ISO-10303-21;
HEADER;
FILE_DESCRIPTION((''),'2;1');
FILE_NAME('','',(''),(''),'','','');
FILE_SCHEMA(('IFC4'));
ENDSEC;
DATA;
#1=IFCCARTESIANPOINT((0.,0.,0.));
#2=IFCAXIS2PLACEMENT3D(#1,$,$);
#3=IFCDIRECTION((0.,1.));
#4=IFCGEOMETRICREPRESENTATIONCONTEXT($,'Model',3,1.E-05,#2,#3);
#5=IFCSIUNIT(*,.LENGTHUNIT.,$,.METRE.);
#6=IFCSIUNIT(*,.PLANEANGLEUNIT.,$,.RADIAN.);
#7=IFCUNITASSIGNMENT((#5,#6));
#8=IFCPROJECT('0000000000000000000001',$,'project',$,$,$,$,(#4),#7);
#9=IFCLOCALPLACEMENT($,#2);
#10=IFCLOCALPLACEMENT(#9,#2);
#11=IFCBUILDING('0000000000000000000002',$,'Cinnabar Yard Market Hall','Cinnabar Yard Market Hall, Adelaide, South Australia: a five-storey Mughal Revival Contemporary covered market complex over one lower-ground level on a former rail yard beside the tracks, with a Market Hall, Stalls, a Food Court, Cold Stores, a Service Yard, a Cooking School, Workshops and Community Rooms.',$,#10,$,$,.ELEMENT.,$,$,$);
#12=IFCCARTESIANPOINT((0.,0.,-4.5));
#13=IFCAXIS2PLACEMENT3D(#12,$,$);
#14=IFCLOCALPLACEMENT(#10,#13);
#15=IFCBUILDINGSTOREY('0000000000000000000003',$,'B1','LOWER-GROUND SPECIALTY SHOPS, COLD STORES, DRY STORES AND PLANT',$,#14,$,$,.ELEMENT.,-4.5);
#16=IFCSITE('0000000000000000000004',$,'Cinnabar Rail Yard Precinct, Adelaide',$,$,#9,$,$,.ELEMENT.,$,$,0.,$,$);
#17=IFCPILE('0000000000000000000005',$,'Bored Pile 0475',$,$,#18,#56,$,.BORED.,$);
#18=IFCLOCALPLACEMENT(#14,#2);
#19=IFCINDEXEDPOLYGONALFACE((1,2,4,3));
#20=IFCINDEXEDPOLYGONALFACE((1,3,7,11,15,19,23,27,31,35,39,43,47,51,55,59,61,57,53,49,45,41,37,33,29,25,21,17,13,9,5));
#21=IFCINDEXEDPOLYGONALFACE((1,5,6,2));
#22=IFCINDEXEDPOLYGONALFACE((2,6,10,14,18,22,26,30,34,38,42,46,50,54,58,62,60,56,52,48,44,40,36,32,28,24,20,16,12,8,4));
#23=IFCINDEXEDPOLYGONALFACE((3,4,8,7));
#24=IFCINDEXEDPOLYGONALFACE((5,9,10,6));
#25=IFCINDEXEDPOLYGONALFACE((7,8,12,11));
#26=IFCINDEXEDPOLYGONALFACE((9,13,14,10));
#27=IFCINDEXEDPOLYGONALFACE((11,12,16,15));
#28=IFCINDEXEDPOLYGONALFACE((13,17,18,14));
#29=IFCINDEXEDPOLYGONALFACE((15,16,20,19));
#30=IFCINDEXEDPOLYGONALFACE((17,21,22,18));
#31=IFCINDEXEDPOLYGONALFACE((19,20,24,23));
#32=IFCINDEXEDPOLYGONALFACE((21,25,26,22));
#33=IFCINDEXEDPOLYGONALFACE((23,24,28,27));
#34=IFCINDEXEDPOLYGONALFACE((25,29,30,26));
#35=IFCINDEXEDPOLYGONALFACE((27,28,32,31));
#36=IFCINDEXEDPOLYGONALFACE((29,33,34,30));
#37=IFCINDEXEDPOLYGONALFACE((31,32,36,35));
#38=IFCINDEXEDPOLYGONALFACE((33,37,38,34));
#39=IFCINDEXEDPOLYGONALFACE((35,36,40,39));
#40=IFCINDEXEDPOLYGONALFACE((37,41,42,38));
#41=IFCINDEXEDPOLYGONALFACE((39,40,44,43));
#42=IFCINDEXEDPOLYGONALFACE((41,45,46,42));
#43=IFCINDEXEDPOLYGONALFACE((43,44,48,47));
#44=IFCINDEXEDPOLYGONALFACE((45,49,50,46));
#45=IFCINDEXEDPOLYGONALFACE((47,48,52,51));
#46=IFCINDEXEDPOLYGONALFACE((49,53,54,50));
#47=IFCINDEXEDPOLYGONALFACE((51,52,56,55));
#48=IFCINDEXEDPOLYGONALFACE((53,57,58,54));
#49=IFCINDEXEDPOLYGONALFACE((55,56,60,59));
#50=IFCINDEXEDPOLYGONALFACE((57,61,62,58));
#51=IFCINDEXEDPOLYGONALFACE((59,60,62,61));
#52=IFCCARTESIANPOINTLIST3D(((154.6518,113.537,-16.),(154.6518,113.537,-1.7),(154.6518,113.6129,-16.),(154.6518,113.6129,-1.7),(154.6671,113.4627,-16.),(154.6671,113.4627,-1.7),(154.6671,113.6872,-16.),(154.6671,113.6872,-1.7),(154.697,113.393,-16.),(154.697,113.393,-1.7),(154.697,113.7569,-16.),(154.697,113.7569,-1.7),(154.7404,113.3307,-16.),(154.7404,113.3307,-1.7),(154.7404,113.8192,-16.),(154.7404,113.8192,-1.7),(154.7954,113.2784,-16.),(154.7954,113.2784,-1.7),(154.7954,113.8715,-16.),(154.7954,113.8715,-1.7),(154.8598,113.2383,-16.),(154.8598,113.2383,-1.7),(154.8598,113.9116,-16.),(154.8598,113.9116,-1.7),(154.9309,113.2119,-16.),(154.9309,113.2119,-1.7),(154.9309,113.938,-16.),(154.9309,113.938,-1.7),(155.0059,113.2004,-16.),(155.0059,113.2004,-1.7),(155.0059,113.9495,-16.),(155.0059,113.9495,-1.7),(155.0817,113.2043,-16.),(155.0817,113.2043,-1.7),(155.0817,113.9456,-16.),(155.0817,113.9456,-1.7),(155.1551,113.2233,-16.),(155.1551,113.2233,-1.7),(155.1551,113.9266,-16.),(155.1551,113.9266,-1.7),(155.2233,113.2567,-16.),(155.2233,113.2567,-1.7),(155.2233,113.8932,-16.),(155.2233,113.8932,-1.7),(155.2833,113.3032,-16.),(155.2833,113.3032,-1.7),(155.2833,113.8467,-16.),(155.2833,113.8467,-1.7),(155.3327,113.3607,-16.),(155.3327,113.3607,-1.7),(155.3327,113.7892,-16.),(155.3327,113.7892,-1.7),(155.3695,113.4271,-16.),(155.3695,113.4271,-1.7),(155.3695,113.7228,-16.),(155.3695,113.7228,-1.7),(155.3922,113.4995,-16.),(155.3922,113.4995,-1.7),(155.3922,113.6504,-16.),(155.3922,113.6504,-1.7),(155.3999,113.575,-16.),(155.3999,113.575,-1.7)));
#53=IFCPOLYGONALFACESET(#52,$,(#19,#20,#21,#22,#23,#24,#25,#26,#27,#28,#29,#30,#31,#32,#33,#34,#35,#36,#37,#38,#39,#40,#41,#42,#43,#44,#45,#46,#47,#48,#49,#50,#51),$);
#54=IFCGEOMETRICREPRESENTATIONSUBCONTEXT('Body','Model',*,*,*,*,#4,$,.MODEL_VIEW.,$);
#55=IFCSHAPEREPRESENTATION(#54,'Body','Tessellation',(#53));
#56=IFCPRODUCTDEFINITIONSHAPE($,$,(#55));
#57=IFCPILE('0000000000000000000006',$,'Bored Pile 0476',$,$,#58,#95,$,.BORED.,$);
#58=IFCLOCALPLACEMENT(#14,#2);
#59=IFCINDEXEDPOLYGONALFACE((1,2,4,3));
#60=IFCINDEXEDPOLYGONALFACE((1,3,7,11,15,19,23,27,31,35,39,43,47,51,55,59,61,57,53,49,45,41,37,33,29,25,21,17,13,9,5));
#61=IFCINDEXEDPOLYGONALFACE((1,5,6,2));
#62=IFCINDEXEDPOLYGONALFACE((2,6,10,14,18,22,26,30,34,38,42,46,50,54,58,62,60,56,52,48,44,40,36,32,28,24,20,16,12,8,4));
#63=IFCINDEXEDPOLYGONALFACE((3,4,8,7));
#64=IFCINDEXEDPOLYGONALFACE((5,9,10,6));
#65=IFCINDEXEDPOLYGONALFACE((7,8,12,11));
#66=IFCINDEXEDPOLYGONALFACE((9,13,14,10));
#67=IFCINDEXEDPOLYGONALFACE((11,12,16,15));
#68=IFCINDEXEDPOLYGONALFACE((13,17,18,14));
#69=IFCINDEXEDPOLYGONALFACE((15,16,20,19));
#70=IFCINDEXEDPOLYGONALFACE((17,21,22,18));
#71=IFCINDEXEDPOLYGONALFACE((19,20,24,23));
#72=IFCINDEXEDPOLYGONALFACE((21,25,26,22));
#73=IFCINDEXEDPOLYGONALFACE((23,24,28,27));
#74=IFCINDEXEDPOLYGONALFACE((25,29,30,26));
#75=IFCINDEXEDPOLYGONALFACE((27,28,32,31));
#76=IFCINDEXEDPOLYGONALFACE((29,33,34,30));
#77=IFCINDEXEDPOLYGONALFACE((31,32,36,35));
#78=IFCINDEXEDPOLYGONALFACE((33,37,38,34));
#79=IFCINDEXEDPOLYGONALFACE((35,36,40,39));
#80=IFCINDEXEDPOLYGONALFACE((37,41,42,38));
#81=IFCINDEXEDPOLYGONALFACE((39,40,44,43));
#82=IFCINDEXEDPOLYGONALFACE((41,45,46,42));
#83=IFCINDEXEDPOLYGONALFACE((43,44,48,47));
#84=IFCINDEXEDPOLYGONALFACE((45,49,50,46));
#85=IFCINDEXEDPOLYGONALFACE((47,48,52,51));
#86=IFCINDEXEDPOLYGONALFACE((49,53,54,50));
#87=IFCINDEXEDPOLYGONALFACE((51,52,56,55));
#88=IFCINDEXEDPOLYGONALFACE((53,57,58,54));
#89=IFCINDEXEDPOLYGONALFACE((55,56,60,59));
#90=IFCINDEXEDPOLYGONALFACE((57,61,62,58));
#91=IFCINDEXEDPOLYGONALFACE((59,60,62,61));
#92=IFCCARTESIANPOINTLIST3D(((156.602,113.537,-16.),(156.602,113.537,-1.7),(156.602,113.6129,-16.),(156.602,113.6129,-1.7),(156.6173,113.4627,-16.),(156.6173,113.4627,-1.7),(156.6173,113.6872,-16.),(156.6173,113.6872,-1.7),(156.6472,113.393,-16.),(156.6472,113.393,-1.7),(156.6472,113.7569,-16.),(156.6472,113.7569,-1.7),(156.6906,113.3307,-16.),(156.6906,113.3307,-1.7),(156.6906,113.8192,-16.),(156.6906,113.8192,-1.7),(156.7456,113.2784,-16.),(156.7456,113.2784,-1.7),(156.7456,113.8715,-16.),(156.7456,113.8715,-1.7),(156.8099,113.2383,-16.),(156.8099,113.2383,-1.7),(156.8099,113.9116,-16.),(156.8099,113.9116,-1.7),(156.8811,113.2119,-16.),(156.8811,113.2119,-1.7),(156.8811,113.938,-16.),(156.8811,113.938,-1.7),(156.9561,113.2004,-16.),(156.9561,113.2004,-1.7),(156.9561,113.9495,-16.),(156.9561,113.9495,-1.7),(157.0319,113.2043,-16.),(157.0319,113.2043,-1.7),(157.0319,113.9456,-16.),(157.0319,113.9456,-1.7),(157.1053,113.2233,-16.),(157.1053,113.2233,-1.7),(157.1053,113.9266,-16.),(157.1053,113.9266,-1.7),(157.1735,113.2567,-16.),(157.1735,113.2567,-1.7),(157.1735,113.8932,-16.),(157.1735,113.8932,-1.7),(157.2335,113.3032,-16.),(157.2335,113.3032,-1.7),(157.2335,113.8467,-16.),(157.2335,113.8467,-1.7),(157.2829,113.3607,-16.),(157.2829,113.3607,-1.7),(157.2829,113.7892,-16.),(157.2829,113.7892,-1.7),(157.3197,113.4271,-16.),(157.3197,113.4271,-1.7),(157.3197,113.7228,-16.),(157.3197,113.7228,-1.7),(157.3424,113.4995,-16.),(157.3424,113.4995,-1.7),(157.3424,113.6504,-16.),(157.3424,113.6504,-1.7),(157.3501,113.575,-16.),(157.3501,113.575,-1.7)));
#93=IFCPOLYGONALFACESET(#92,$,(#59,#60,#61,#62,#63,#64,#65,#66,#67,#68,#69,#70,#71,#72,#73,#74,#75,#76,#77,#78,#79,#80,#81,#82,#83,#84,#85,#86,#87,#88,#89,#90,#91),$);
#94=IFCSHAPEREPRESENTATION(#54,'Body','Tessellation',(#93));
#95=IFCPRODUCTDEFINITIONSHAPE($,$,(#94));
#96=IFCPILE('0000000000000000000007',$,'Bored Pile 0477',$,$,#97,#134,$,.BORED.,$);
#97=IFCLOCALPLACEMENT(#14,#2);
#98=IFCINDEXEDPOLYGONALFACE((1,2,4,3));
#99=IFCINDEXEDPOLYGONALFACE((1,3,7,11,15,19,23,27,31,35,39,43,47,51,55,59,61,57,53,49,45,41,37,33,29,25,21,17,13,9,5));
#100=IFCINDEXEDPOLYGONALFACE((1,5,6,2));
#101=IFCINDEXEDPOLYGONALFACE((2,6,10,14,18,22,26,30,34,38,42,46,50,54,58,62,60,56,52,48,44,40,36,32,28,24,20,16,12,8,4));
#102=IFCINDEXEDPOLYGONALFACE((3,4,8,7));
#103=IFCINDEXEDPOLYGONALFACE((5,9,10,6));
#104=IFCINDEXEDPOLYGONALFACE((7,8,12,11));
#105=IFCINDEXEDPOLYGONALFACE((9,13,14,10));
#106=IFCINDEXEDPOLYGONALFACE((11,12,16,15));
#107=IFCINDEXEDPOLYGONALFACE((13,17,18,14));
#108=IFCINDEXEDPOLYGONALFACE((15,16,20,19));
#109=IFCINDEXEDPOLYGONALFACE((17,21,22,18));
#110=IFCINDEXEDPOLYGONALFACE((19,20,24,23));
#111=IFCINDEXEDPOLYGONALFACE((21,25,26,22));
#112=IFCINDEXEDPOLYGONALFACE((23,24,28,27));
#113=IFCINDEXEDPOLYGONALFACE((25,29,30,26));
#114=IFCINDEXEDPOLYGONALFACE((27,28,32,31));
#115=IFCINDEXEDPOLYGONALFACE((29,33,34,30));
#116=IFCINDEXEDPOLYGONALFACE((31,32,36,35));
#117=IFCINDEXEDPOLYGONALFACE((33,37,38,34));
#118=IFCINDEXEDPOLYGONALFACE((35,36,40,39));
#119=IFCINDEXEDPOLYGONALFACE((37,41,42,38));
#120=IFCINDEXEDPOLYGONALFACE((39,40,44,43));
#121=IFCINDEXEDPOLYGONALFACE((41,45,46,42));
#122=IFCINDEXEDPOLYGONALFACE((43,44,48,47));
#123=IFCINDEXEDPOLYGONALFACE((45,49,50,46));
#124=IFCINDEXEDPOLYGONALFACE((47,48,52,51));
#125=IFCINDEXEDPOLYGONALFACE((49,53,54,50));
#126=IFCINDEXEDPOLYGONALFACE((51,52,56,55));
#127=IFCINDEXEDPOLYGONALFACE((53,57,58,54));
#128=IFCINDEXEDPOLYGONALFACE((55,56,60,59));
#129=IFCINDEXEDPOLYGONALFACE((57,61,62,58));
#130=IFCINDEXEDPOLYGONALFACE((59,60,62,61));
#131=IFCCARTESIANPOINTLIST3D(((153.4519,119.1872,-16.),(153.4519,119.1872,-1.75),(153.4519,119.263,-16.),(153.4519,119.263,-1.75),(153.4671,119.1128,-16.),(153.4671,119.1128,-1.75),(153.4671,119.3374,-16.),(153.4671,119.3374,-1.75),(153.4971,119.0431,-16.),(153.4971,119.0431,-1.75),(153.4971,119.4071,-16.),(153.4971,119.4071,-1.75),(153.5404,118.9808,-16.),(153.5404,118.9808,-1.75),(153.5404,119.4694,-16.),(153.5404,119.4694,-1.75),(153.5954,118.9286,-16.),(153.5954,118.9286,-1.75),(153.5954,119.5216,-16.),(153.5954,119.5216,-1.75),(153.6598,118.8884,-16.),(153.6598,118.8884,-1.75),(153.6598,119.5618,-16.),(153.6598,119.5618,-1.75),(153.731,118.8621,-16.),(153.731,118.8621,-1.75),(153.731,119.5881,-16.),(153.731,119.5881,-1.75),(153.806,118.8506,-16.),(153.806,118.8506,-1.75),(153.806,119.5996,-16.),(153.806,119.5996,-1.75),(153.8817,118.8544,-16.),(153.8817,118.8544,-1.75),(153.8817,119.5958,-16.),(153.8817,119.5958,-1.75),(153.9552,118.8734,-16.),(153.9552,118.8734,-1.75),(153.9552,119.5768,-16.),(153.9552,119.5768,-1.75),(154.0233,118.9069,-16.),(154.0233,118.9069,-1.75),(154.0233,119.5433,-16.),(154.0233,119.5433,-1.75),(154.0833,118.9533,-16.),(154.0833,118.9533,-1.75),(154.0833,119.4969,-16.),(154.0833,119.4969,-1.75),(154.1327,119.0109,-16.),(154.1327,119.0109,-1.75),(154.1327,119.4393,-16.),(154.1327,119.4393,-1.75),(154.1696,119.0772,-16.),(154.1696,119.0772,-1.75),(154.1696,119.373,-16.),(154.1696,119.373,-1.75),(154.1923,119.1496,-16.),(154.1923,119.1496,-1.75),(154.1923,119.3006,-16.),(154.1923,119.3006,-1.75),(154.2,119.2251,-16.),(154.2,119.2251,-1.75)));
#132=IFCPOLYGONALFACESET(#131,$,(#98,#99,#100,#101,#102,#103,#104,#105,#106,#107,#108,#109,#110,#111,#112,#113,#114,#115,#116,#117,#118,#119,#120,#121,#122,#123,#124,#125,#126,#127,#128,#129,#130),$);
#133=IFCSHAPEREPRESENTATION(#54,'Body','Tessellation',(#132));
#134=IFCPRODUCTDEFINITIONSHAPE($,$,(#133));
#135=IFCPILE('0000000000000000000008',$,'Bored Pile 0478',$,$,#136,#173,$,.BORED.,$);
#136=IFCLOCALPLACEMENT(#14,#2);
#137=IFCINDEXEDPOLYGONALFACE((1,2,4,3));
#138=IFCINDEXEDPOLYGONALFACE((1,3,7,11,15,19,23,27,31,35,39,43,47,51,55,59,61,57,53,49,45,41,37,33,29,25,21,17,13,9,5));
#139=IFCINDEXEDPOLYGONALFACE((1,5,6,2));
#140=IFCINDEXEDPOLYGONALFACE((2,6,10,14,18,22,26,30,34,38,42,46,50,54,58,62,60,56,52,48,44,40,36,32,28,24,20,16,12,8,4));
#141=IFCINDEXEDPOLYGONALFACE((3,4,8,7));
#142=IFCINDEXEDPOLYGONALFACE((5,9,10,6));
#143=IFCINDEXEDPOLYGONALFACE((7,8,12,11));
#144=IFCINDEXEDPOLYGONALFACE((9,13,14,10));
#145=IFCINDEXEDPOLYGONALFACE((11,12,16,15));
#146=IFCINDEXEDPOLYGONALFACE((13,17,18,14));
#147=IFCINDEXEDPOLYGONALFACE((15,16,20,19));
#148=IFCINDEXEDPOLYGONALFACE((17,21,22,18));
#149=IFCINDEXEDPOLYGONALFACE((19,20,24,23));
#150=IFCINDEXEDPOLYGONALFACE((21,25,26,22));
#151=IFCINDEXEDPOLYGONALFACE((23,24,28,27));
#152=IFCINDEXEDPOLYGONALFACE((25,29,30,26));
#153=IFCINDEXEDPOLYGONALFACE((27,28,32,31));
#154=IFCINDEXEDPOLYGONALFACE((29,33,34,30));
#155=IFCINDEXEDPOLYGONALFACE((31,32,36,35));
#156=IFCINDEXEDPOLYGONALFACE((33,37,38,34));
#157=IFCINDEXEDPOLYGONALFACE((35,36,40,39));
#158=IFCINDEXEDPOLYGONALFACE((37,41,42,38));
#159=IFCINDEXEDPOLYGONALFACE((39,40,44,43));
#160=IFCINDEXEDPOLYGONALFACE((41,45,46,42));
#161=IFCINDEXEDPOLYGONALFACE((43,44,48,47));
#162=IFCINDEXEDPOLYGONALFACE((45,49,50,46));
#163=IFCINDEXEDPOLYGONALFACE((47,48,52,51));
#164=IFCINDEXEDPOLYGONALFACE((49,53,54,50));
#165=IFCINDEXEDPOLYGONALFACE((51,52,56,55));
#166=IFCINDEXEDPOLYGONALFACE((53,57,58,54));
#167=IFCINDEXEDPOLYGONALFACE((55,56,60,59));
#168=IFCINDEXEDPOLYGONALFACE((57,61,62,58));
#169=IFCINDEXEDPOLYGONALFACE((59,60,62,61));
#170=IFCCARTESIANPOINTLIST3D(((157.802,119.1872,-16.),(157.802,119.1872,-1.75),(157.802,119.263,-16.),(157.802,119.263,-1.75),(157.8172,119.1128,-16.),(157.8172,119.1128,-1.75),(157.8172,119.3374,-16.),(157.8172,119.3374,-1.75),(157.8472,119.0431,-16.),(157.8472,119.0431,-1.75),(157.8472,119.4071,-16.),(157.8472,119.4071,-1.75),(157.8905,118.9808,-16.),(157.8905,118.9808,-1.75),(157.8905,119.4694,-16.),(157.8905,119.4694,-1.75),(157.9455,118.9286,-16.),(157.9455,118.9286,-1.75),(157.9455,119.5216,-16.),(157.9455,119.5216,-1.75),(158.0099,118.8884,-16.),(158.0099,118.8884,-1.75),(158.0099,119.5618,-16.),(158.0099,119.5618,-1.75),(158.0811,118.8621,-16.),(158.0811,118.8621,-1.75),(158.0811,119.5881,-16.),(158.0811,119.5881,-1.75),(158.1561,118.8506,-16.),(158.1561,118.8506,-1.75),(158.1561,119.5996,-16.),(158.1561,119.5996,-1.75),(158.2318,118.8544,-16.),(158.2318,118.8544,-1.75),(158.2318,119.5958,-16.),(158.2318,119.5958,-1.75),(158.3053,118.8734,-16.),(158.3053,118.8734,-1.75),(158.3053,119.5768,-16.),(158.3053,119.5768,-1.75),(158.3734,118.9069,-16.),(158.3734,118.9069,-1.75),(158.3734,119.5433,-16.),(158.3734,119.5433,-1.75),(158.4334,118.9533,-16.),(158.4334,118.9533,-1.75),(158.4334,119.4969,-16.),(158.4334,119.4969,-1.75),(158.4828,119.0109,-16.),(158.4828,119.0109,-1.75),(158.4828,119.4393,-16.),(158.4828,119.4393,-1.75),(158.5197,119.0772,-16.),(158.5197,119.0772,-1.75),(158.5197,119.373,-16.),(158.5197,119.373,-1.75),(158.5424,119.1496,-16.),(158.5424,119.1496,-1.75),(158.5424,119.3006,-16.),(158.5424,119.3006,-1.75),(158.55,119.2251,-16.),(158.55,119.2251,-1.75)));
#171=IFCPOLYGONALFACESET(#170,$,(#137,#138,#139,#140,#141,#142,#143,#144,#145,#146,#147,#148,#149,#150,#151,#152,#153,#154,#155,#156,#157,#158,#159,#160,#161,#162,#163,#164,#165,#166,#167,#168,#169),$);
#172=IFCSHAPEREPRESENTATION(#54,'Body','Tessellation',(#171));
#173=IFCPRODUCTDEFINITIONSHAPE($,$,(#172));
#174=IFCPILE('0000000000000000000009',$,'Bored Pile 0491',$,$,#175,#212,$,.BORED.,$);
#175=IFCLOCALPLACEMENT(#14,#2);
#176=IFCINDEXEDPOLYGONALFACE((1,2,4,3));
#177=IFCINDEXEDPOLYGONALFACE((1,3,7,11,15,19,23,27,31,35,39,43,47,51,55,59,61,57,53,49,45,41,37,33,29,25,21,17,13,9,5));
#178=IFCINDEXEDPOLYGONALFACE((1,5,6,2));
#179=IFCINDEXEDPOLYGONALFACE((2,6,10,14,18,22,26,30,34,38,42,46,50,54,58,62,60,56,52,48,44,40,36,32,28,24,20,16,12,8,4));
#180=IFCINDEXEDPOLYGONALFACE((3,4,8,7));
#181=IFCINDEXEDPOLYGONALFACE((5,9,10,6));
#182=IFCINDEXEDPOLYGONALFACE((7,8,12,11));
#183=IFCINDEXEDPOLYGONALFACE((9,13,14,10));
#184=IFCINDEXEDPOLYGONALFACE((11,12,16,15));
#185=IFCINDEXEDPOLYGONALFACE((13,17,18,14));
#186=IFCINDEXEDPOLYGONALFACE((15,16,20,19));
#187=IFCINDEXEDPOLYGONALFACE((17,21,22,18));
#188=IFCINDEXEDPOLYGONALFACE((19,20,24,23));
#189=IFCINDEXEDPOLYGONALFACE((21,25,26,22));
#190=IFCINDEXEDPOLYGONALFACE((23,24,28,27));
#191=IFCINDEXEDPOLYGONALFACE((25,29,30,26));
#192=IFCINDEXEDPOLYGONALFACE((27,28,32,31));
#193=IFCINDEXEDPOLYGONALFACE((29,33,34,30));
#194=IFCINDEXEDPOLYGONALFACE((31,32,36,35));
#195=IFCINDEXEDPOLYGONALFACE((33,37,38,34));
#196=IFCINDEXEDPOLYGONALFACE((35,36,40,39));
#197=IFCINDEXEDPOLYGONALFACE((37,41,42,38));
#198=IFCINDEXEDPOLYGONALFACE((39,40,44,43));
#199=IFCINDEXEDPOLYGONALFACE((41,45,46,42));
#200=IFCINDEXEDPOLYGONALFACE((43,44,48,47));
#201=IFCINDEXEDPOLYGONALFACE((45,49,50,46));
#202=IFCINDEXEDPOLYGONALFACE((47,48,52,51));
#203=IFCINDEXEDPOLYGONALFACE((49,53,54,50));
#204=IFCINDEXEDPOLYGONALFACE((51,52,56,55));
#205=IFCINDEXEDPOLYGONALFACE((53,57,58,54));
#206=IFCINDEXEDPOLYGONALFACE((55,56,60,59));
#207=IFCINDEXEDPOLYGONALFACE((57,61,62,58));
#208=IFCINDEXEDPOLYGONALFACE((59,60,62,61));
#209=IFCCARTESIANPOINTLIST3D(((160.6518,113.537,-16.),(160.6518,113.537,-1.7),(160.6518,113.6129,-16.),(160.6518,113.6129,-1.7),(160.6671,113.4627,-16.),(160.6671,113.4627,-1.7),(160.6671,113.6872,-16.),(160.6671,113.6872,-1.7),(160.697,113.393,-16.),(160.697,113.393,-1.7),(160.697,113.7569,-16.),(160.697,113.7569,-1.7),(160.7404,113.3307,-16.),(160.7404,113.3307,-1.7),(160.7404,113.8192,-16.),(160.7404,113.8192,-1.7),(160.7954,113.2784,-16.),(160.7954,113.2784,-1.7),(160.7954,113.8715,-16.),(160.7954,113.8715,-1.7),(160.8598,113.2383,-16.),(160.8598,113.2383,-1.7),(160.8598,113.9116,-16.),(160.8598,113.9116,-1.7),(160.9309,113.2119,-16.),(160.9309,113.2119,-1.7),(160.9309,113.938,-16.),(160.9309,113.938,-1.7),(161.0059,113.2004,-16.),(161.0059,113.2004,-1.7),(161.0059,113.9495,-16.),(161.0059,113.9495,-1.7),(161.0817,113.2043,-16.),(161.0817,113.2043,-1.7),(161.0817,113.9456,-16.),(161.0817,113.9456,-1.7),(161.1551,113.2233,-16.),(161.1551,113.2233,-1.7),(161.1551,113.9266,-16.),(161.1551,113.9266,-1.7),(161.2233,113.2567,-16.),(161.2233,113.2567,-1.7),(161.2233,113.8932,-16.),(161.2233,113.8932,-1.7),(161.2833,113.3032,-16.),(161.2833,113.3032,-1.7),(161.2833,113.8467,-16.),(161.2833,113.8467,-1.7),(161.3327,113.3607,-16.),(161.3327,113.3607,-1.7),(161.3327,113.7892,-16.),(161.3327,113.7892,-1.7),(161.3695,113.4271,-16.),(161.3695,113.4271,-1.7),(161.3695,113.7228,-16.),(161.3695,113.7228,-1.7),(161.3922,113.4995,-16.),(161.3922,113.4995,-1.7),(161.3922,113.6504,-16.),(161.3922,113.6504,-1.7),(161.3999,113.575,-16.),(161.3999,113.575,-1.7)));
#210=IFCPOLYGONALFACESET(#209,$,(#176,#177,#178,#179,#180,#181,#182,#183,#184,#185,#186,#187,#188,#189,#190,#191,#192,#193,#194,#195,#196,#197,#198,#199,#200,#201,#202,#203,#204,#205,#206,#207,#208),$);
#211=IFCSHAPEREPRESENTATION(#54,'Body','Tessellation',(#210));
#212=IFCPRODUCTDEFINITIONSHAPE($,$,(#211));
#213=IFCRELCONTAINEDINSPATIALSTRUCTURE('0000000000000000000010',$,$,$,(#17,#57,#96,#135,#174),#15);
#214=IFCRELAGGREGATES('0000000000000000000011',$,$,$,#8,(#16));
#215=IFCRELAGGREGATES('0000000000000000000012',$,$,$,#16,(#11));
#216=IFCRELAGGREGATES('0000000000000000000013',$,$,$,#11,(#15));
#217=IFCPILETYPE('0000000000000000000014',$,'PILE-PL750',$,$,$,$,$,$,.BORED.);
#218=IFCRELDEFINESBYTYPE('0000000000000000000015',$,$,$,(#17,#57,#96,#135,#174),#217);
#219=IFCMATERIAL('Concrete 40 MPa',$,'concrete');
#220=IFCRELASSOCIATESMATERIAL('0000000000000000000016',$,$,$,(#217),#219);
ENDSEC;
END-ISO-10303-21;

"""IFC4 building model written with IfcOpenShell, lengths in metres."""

from ifc_helpers import new_model, si_unit, direction, frame, origin, origin_2d_with_axis, place, context, subcontext, project, spatial, circle, extrude, material, material_profile, profile_set, type_object, element, save


model = new_model("IFC4")

# Units and contexts
model_context = context("Model", 3, precision=1e-05, world=origin(), true_north=direction((0.0, 1.0)))
body_context = subcontext(model_context, "Body", "Model", "MODEL_VIEW")
ifc_project = project(units=[si_unit("LENGTHUNIT", "METRE"), si_unit("PLANEANGLEUNIT", "RADIAN")], contexts=[model_context])

# Site, building, storey
site_placement = place(None, origin())
site = spatial("IfcSite", under=ifc_project, at=site_placement, Name="Cinnabar Rail Yard Precinct, Adelaide", CompositionType="ELEMENT", RefElevation=0.0)
building_placement = place(site_placement, origin())
building = spatial("IfcBuilding", under=site, at=building_placement, Name="Cinnabar Yard Market Hall", Description="Cinnabar Yard Market Hall, Adelaide, South Australia: a five-storey Mughal Revival Contemporary covered market complex over one lower-ground level on a former rail yard beside the tracks, with a Market Hall, Stalls, a Food Court, Cold Stores, a Service Yard, a Cooking School, Workshops and Community Rooms.", CompositionType="ELEMENT")
storey_placement = place(building_placement, frame((0.0, 0.0, -4.5)))
storey = spatial("IfcBuildingStorey", under=building, at=storey_placement, Name="B1", Description="LOWER-GROUND SPECIALTY SHOPS, COLD STORES, DRY STORES AND PLANT", CompositionType="ELEMENT", Elevation=-4.5)

# Shared definitions
ifc_material_1 = material(Name="Concrete 40 MPa", Category="concrete")

# Piles
ifc_material_profile_1 = material_profile(ifc_material_1, circle(Radius=0.375, at=origin_2d_with_axis()), Name="PILE-D750")
ifc_profile_set_1 = profile_set([ifc_material_profile_1], Name="Concrete 40 MPa")
pile_type_1 = type_object("IfcPileType", Name="PILE-PL750", PredefinedType="BORED", material=ifc_profile_set_1)
for number, where, z_axis, x_axis, name in (
    (1, (155.0249, 113.575, -1.7), (0.0, 0.0, -1.0), (1.0, 0.0, 0.0), "Bored Pile 0475"),
    (2, (156.9751, 113.575, -1.7), (0.0, 0.0, -1.0), (1.0, 0.0, 0.0), "Bored Pile 0476"),
):
    element("IfcPile", number, at=place(storey_placement, frame(where, z_axis=z_axis, x_axis=x_axis)), inside=storey, type_object=pile_type_1, Name=name, PredefinedType="BORED", context=body_context, shape_type="SweptSolid", body=[
        extrude(circle(Radius=0.375, at=origin_2d_with_axis()), origin(), (0.0, 0.0, 1.0), 14.3),
    ])
for number, where, z_axis, x_axis, name in (
    (3, (153.825, 119.2251, -1.75), (0.0, 0.0, -1.0), (1.0, 0.0, 0.0), "Bored Pile 0477"),
    (4, (158.175, 119.2251, -1.75), (0.0, 0.0, -1.0), (1.0, 0.0, 0.0), "Bored Pile 0478"),
):
    element("IfcPile", number, at=place(storey_placement, frame(where, z_axis=z_axis, x_axis=x_axis)), inside=storey, type_object=pile_type_1, Name=name, PredefinedType="BORED", context=body_context, shape_type="SweptSolid", body=[
        extrude(circle(Radius=0.375, at=origin_2d_with_axis()), origin(), (0.0, 0.0, 1.0), 14.25),
    ])
for number, where, z_axis, x_axis, name in (
    (5, (161.0249, 113.575, -1.7), (0.0, 0.0, -1.0), (1.0, 0.0, 0.0), "Bored Pile 0491"),
):
    element("IfcPile", number, at=place(storey_placement, frame(where, z_axis=z_axis, x_axis=x_axis)), inside=storey, type_object=pile_type_1, Name=name, PredefinedType="BORED", context=body_context, shape_type="SweptSolid", body=[
        extrude(circle(Radius=0.375, at=origin_2d_with_axis()), origin(), (0.0, 0.0, 1.0), 14.3),
    ])

save(model, "model.ifc")
